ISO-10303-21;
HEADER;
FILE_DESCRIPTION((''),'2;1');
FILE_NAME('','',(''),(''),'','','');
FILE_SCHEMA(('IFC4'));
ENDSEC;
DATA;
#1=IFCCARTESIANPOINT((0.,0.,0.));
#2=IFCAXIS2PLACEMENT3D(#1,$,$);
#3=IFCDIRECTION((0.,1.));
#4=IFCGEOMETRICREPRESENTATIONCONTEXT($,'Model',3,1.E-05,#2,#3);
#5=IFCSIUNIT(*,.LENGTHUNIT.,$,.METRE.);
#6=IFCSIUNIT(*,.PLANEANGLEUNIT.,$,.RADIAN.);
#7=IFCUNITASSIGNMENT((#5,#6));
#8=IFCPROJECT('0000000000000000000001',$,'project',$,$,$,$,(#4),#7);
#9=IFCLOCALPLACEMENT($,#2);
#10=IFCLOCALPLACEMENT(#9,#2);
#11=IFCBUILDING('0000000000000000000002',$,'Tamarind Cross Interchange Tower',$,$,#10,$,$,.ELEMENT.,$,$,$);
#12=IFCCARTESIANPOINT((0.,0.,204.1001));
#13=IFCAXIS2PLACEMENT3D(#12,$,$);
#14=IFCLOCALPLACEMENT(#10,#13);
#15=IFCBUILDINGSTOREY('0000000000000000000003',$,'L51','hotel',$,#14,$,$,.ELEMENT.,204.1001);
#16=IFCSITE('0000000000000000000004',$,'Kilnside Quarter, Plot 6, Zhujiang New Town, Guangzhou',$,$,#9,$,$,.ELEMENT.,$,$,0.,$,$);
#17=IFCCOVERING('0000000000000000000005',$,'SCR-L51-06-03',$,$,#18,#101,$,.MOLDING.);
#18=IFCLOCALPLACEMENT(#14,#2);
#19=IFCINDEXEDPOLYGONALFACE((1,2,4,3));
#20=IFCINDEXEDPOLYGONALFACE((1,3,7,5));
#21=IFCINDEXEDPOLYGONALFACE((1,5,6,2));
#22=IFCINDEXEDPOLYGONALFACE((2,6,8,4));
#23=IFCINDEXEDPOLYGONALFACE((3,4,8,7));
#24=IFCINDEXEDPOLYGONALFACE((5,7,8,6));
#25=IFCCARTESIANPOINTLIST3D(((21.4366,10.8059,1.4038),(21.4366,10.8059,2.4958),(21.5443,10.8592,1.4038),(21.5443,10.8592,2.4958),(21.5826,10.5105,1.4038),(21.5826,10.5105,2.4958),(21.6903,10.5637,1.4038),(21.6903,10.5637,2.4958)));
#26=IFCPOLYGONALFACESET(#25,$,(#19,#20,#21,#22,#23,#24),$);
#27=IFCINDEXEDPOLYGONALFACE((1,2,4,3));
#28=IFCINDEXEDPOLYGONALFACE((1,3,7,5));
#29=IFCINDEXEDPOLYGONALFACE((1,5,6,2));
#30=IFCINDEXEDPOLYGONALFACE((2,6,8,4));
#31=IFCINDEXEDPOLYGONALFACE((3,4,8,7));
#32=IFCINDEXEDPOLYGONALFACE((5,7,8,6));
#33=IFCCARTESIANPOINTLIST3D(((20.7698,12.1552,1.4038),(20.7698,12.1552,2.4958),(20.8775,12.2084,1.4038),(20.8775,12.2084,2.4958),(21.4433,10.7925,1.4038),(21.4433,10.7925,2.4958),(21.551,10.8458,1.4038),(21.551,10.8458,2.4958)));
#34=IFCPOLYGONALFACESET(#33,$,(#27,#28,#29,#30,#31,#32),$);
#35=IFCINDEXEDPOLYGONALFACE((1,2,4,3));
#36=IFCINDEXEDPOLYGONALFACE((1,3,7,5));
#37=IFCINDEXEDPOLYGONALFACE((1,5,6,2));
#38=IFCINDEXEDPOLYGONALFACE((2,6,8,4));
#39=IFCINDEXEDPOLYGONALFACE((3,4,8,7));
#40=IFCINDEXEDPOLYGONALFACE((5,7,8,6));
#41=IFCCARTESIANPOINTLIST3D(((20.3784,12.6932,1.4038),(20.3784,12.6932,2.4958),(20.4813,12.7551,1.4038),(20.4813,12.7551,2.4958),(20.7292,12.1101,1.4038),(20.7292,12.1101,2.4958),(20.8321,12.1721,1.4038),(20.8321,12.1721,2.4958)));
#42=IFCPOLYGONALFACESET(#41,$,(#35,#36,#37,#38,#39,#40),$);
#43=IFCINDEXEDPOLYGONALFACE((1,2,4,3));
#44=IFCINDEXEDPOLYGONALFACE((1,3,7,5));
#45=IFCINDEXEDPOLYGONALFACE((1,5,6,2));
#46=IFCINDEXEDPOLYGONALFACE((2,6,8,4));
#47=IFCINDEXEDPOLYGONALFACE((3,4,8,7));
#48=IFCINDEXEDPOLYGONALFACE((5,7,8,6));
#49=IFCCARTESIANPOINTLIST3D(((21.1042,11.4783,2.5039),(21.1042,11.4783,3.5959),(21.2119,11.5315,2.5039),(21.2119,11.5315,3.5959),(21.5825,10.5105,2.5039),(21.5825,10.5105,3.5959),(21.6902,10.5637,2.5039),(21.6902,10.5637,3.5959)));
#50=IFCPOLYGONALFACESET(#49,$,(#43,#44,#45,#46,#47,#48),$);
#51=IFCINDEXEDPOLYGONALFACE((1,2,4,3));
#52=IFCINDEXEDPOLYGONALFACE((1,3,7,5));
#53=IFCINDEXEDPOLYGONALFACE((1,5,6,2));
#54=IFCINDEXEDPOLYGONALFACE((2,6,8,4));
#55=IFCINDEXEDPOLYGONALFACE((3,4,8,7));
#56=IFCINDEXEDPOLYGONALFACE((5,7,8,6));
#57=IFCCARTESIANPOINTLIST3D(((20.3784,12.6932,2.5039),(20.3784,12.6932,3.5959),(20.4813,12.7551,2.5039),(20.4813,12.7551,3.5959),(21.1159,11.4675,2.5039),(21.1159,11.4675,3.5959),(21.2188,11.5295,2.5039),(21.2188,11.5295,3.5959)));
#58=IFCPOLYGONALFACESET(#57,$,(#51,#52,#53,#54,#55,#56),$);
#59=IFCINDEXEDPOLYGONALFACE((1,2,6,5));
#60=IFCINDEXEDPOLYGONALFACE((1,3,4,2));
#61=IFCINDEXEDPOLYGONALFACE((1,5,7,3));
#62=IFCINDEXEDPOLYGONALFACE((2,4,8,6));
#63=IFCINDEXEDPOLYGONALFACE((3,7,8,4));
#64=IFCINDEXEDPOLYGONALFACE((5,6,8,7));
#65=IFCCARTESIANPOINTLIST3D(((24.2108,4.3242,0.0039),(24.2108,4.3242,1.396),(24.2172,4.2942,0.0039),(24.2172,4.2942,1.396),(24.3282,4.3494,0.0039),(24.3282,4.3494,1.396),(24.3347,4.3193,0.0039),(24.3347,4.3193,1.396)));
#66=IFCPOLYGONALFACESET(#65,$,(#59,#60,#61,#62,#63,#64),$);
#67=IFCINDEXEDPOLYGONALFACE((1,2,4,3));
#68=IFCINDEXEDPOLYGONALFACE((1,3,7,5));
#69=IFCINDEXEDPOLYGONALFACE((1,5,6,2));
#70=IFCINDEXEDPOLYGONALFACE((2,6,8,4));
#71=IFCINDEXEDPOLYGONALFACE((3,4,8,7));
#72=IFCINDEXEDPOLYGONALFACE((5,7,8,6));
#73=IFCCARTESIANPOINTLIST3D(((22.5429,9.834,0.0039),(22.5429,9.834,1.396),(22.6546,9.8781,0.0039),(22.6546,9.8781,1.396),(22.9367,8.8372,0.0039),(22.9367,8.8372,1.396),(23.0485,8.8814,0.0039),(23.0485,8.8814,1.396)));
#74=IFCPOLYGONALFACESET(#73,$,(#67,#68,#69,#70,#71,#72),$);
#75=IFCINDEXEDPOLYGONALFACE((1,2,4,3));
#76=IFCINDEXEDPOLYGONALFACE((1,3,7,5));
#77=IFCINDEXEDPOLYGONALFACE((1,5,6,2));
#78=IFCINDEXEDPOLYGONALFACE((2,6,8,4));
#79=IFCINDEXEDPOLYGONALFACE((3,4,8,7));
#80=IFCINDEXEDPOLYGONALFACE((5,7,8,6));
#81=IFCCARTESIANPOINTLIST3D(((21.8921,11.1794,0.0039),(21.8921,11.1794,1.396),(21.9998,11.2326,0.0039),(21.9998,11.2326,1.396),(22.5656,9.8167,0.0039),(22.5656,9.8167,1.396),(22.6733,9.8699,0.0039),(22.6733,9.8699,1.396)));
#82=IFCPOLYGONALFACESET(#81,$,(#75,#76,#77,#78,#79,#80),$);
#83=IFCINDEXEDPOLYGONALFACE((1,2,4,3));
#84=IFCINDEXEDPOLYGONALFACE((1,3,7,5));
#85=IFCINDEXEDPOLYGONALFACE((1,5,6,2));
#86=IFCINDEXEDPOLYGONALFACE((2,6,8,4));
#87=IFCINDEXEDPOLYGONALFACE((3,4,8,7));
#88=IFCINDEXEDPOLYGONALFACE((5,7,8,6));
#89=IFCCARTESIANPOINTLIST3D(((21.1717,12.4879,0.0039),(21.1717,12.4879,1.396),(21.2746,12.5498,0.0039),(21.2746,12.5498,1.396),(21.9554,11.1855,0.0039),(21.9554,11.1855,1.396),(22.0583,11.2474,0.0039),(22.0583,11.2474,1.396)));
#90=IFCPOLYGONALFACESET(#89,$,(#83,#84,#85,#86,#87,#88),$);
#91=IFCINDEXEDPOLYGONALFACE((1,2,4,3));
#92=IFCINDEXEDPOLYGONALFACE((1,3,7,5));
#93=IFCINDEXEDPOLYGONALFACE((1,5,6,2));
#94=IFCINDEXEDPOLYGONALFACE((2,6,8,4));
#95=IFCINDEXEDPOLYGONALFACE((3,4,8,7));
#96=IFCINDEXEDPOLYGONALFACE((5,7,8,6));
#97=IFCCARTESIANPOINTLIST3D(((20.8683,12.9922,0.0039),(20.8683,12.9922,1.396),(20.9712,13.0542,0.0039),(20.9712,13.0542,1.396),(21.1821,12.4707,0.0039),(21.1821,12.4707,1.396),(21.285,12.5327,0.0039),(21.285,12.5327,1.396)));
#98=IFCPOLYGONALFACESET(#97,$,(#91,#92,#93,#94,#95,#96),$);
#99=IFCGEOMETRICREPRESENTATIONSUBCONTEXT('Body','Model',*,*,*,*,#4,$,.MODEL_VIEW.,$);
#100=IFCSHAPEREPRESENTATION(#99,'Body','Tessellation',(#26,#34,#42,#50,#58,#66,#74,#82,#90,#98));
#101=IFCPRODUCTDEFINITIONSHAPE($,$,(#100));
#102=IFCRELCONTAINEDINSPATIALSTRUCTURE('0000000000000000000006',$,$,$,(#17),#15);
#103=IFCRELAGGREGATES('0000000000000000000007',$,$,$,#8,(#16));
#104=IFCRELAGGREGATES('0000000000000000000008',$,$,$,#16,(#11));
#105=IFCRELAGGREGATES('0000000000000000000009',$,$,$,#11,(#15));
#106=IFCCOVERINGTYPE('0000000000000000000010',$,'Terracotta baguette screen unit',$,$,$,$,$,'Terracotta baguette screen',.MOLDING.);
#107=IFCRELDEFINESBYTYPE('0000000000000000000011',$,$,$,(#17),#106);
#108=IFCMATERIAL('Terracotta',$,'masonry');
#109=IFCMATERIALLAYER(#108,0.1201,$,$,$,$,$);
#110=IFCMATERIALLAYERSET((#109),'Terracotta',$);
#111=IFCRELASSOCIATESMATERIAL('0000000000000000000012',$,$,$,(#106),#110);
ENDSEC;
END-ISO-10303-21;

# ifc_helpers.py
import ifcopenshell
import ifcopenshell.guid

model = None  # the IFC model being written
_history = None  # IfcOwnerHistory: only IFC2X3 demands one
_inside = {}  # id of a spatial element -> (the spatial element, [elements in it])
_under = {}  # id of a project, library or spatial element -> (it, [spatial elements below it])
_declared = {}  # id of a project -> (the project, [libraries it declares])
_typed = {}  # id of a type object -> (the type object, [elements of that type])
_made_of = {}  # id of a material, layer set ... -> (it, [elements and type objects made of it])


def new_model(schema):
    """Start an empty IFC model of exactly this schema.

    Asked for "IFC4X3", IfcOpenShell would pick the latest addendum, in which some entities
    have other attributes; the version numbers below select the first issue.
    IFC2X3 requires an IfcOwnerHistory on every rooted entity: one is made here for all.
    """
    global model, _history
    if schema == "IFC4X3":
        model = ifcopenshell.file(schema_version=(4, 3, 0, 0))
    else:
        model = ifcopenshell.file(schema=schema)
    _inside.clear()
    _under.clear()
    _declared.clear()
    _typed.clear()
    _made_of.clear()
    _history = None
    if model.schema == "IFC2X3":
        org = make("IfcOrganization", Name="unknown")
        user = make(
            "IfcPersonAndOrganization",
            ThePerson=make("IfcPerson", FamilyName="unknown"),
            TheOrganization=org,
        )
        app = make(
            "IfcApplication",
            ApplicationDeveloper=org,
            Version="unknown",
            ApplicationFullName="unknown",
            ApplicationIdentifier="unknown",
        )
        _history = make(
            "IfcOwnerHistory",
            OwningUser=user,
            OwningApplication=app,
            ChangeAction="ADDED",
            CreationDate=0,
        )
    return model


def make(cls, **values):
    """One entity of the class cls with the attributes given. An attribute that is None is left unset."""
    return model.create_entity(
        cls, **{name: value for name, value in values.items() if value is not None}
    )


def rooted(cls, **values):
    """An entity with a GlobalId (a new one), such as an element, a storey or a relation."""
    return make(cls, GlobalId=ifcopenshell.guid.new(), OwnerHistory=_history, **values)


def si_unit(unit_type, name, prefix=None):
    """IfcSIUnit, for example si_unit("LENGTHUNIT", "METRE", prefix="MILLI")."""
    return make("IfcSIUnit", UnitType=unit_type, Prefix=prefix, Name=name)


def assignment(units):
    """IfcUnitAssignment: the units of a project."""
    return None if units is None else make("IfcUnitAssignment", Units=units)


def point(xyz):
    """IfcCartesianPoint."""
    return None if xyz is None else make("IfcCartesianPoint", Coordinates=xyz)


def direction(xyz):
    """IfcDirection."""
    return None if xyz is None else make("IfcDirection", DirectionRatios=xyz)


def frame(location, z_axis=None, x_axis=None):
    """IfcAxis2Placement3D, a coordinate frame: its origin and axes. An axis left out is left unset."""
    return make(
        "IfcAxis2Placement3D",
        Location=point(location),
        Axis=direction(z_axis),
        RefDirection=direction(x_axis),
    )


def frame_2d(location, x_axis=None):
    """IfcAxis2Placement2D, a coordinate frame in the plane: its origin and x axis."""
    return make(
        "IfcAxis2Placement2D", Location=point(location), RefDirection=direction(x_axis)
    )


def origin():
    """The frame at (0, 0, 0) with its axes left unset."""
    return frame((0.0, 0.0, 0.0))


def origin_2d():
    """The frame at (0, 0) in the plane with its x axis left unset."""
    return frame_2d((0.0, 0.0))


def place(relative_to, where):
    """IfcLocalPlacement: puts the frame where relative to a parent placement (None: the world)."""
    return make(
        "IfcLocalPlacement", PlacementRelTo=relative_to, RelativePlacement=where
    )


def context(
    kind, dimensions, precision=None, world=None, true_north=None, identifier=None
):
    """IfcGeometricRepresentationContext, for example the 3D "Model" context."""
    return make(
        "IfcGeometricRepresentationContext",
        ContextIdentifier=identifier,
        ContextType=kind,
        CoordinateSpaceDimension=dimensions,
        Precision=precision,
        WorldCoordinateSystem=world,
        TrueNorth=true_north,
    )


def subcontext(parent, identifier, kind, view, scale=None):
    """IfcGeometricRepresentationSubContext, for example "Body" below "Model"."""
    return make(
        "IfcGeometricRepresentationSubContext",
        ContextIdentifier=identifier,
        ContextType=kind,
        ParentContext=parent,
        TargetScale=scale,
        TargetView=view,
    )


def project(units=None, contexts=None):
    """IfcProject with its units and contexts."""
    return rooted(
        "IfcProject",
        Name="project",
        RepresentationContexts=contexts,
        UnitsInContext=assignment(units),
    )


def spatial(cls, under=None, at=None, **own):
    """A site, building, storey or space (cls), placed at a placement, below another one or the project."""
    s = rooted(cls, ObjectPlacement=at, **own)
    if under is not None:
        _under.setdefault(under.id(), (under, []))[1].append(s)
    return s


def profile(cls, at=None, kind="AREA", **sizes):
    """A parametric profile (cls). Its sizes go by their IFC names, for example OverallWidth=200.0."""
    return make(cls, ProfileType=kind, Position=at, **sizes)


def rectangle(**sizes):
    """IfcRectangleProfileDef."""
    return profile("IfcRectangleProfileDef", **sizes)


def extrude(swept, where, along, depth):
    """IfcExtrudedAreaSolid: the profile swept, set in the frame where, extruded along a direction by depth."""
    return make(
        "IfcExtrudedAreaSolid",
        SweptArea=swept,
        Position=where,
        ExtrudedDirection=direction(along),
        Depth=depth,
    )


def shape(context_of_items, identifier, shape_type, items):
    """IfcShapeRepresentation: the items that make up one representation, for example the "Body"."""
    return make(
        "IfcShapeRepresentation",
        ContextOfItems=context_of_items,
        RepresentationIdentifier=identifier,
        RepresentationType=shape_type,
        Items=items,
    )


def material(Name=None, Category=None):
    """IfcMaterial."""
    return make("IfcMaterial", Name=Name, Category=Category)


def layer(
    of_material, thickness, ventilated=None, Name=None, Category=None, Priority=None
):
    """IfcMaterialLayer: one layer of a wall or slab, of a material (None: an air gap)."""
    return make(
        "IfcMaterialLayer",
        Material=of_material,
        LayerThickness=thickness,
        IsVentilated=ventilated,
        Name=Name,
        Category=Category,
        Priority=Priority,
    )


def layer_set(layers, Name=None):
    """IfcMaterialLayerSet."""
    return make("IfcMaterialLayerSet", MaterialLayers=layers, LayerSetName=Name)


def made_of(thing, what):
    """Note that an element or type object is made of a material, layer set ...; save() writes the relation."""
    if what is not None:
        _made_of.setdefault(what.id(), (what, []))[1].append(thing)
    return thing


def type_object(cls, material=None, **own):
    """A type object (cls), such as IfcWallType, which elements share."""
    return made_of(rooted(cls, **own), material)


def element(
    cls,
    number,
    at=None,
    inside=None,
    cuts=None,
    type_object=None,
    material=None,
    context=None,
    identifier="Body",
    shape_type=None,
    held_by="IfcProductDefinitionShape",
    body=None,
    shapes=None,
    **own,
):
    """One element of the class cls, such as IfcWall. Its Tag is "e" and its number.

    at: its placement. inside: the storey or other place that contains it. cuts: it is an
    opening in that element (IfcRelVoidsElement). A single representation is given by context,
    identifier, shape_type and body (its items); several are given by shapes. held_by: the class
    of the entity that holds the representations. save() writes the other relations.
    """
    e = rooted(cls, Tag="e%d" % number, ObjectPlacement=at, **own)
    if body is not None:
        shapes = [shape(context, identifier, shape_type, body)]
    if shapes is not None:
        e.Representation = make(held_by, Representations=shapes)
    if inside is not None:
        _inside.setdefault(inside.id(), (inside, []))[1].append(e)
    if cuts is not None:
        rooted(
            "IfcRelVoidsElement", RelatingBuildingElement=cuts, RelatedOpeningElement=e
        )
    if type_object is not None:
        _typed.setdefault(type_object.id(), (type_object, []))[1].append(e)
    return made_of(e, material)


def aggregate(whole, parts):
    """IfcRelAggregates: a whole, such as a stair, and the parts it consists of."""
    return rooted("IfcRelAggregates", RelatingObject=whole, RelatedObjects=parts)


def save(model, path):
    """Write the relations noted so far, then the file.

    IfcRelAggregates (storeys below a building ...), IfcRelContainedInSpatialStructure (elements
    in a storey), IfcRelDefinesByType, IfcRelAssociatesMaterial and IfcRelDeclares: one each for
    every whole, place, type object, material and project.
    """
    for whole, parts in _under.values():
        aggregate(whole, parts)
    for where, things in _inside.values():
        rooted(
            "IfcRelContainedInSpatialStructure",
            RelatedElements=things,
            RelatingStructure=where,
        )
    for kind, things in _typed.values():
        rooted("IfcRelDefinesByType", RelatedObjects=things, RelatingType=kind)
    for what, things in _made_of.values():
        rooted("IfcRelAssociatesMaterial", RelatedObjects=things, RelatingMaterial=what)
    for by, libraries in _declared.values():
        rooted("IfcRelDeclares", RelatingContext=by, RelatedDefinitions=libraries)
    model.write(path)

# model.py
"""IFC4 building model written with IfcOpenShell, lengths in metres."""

from ifc_helpers import new_model, si_unit, direction, frame, origin, origin_2d, place, context, subcontext, project, spatial, rectangle, extrude, material, layer, layer_set, type_object, element, save


model = new_model("IFC4")

# Units and contexts
model_context = context("Model", 3, precision=1e-05, world=origin(), true_north=direction((0.0, 1.0)))
body_context = subcontext(model_context, "Body", "Model", "MODEL_VIEW")
ifc_project = project(units=[si_unit("LENGTHUNIT", "METRE"), si_unit("PLANEANGLEUNIT", "RADIAN")], contexts=[model_context])

# Site, building, storey
site_placement = place(None, origin())
site = spatial("IfcSite", under=ifc_project, at=site_placement, Name="Kilnside Quarter, Plot 6, Zhujiang New Town, Guangzhou", CompositionType="ELEMENT", RefElevation=0.0)
building_placement = place(site_placement, origin())
building = spatial("IfcBuilding", under=site, at=building_placement, Name="Tamarind Cross Interchange Tower", CompositionType="ELEMENT")
storey_placement = place(building_placement, frame((0.0, 0.0, 204.1001)))
storey = spatial("IfcBuildingStorey", under=building, at=storey_placement, Name="L51", Description="hotel", CompositionType="ELEMENT", Elevation=204.1001)

# Covering
ifc_material_1 = material(Name="Terracotta", Category="masonry")
ifc_layer_1 = layer(ifc_material_1, 0.1201)
ifc_layer_set_1 = layer_set([ifc_layer_1], Name="Terracotta")
covering_type = type_object("IfcCoveringType", Name="Terracotta baguette screen unit", ElementType="Terracotta baguette screen", PredefinedType="MOLDING", material=ifc_layer_set_1)
covering_1_placement = place(storey_placement, origin())
element("IfcCovering", 1, at=covering_1_placement, inside=storey, type_object=covering_type, Name="SCR-L51-06-03", PredefinedType="MOLDING", context=body_context, shape_type="SweptSolid", body=[
    extrude(rectangle(XDim=0.3296, YDim=0.1201, at=origin_2d()), frame((21.5635, 10.6848, 1.4038), z_axis=(0.0, 0.0, 1.0), x_axis=(-0.443059, 0.896493, 0.0)), (0.0, 0.0, 1.0), 1.092),
    extrude(rectangle(XDim=1.52, YDim=0.1201, at=origin_2d()), frame((21.1604, 11.5005, 1.4038), z_axis=(0.0, 0.0, 1.0), x_axis=(-0.443059, 0.896493, 0.0)), (0.0, 0.0, 1.0), 1.092),
    extrude(rectangle(XDim=0.6804, YDim=0.1201, at=origin_2d()), frame((20.6052, 12.4326, 1.4038), z_axis=(0.0, 0.0, 1.0), x_axis=(-0.515577, 0.856843, 0.0)), (0.0, 0.0, 1.0), 1.092),
    extrude(rectangle(XDim=1.0796, YDim=0.1201, at=origin_2d()), frame((21.3972, 11.021, 2.5039), z_axis=(0.0, 0.0, 1.0), x_axis=(-0.443059, 0.896493, 0.0)), (0.0, 0.0, 1.0), 1.092),
    extrude(rectangle(XDim=1.4304, YDim=0.1201, at=origin_2d()), frame((20.7986, 12.1113, 2.5039), z_axis=(0.0, 0.0, 1.0), x_axis=(-0.515577, 0.856843, 0.0)), (0.0, 0.0, 1.0), 1.092),
    extrude(rectangle(XDim=0.0308, YDim=0.1201, at=origin_2d()), frame((24.2727, 4.3218, 0.0039), z_axis=(0.0, 0.0, 1.0), x_axis=(-0.209425, 0.977825, 0.0)), (0.0, 0.0, 1.0), 1.3921),
    extrude(rectangle(XDim=1.0718, YDim=0.1201, at=origin_2d()), frame((22.7957, 9.3577, 0.0039), z_axis=(0.0, 0.0, 1.0), x_axis=(-0.367514, 0.930018, 0.0)), (0.0, 0.0, 1.0), 1.3921),
    extrude(rectangle(XDim=1.52, YDim=0.1201, at=origin_2d()), frame((22.2827, 10.5247, 0.0039), z_axis=(0.0, 0.0, 1.0), x_axis=(-0.443059, 0.896493, 0.0)), (0.0, 0.0, 1.0), 1.3921),
    extrude(rectangle(XDim=1.52, YDim=0.1201, at=origin_2d()), frame((21.615, 11.8677, 0.0039), z_axis=(0.0, 0.0, 1.0), x_axis=(-0.515577, 0.856843, 0.0)), (0.0, 0.0, 1.0), 1.3921),
    extrude(rectangle(XDim=0.6086, YDim=0.1201, at=origin_2d()), frame((21.0767, 12.7625, 0.0039), z_axis=(0.0, 0.0, 1.0), x_axis=(-0.515577, 0.856843, 0.0)), (0.0, 0.0, 1.0), 1.3921),
])

save(model, "model.ifc")
